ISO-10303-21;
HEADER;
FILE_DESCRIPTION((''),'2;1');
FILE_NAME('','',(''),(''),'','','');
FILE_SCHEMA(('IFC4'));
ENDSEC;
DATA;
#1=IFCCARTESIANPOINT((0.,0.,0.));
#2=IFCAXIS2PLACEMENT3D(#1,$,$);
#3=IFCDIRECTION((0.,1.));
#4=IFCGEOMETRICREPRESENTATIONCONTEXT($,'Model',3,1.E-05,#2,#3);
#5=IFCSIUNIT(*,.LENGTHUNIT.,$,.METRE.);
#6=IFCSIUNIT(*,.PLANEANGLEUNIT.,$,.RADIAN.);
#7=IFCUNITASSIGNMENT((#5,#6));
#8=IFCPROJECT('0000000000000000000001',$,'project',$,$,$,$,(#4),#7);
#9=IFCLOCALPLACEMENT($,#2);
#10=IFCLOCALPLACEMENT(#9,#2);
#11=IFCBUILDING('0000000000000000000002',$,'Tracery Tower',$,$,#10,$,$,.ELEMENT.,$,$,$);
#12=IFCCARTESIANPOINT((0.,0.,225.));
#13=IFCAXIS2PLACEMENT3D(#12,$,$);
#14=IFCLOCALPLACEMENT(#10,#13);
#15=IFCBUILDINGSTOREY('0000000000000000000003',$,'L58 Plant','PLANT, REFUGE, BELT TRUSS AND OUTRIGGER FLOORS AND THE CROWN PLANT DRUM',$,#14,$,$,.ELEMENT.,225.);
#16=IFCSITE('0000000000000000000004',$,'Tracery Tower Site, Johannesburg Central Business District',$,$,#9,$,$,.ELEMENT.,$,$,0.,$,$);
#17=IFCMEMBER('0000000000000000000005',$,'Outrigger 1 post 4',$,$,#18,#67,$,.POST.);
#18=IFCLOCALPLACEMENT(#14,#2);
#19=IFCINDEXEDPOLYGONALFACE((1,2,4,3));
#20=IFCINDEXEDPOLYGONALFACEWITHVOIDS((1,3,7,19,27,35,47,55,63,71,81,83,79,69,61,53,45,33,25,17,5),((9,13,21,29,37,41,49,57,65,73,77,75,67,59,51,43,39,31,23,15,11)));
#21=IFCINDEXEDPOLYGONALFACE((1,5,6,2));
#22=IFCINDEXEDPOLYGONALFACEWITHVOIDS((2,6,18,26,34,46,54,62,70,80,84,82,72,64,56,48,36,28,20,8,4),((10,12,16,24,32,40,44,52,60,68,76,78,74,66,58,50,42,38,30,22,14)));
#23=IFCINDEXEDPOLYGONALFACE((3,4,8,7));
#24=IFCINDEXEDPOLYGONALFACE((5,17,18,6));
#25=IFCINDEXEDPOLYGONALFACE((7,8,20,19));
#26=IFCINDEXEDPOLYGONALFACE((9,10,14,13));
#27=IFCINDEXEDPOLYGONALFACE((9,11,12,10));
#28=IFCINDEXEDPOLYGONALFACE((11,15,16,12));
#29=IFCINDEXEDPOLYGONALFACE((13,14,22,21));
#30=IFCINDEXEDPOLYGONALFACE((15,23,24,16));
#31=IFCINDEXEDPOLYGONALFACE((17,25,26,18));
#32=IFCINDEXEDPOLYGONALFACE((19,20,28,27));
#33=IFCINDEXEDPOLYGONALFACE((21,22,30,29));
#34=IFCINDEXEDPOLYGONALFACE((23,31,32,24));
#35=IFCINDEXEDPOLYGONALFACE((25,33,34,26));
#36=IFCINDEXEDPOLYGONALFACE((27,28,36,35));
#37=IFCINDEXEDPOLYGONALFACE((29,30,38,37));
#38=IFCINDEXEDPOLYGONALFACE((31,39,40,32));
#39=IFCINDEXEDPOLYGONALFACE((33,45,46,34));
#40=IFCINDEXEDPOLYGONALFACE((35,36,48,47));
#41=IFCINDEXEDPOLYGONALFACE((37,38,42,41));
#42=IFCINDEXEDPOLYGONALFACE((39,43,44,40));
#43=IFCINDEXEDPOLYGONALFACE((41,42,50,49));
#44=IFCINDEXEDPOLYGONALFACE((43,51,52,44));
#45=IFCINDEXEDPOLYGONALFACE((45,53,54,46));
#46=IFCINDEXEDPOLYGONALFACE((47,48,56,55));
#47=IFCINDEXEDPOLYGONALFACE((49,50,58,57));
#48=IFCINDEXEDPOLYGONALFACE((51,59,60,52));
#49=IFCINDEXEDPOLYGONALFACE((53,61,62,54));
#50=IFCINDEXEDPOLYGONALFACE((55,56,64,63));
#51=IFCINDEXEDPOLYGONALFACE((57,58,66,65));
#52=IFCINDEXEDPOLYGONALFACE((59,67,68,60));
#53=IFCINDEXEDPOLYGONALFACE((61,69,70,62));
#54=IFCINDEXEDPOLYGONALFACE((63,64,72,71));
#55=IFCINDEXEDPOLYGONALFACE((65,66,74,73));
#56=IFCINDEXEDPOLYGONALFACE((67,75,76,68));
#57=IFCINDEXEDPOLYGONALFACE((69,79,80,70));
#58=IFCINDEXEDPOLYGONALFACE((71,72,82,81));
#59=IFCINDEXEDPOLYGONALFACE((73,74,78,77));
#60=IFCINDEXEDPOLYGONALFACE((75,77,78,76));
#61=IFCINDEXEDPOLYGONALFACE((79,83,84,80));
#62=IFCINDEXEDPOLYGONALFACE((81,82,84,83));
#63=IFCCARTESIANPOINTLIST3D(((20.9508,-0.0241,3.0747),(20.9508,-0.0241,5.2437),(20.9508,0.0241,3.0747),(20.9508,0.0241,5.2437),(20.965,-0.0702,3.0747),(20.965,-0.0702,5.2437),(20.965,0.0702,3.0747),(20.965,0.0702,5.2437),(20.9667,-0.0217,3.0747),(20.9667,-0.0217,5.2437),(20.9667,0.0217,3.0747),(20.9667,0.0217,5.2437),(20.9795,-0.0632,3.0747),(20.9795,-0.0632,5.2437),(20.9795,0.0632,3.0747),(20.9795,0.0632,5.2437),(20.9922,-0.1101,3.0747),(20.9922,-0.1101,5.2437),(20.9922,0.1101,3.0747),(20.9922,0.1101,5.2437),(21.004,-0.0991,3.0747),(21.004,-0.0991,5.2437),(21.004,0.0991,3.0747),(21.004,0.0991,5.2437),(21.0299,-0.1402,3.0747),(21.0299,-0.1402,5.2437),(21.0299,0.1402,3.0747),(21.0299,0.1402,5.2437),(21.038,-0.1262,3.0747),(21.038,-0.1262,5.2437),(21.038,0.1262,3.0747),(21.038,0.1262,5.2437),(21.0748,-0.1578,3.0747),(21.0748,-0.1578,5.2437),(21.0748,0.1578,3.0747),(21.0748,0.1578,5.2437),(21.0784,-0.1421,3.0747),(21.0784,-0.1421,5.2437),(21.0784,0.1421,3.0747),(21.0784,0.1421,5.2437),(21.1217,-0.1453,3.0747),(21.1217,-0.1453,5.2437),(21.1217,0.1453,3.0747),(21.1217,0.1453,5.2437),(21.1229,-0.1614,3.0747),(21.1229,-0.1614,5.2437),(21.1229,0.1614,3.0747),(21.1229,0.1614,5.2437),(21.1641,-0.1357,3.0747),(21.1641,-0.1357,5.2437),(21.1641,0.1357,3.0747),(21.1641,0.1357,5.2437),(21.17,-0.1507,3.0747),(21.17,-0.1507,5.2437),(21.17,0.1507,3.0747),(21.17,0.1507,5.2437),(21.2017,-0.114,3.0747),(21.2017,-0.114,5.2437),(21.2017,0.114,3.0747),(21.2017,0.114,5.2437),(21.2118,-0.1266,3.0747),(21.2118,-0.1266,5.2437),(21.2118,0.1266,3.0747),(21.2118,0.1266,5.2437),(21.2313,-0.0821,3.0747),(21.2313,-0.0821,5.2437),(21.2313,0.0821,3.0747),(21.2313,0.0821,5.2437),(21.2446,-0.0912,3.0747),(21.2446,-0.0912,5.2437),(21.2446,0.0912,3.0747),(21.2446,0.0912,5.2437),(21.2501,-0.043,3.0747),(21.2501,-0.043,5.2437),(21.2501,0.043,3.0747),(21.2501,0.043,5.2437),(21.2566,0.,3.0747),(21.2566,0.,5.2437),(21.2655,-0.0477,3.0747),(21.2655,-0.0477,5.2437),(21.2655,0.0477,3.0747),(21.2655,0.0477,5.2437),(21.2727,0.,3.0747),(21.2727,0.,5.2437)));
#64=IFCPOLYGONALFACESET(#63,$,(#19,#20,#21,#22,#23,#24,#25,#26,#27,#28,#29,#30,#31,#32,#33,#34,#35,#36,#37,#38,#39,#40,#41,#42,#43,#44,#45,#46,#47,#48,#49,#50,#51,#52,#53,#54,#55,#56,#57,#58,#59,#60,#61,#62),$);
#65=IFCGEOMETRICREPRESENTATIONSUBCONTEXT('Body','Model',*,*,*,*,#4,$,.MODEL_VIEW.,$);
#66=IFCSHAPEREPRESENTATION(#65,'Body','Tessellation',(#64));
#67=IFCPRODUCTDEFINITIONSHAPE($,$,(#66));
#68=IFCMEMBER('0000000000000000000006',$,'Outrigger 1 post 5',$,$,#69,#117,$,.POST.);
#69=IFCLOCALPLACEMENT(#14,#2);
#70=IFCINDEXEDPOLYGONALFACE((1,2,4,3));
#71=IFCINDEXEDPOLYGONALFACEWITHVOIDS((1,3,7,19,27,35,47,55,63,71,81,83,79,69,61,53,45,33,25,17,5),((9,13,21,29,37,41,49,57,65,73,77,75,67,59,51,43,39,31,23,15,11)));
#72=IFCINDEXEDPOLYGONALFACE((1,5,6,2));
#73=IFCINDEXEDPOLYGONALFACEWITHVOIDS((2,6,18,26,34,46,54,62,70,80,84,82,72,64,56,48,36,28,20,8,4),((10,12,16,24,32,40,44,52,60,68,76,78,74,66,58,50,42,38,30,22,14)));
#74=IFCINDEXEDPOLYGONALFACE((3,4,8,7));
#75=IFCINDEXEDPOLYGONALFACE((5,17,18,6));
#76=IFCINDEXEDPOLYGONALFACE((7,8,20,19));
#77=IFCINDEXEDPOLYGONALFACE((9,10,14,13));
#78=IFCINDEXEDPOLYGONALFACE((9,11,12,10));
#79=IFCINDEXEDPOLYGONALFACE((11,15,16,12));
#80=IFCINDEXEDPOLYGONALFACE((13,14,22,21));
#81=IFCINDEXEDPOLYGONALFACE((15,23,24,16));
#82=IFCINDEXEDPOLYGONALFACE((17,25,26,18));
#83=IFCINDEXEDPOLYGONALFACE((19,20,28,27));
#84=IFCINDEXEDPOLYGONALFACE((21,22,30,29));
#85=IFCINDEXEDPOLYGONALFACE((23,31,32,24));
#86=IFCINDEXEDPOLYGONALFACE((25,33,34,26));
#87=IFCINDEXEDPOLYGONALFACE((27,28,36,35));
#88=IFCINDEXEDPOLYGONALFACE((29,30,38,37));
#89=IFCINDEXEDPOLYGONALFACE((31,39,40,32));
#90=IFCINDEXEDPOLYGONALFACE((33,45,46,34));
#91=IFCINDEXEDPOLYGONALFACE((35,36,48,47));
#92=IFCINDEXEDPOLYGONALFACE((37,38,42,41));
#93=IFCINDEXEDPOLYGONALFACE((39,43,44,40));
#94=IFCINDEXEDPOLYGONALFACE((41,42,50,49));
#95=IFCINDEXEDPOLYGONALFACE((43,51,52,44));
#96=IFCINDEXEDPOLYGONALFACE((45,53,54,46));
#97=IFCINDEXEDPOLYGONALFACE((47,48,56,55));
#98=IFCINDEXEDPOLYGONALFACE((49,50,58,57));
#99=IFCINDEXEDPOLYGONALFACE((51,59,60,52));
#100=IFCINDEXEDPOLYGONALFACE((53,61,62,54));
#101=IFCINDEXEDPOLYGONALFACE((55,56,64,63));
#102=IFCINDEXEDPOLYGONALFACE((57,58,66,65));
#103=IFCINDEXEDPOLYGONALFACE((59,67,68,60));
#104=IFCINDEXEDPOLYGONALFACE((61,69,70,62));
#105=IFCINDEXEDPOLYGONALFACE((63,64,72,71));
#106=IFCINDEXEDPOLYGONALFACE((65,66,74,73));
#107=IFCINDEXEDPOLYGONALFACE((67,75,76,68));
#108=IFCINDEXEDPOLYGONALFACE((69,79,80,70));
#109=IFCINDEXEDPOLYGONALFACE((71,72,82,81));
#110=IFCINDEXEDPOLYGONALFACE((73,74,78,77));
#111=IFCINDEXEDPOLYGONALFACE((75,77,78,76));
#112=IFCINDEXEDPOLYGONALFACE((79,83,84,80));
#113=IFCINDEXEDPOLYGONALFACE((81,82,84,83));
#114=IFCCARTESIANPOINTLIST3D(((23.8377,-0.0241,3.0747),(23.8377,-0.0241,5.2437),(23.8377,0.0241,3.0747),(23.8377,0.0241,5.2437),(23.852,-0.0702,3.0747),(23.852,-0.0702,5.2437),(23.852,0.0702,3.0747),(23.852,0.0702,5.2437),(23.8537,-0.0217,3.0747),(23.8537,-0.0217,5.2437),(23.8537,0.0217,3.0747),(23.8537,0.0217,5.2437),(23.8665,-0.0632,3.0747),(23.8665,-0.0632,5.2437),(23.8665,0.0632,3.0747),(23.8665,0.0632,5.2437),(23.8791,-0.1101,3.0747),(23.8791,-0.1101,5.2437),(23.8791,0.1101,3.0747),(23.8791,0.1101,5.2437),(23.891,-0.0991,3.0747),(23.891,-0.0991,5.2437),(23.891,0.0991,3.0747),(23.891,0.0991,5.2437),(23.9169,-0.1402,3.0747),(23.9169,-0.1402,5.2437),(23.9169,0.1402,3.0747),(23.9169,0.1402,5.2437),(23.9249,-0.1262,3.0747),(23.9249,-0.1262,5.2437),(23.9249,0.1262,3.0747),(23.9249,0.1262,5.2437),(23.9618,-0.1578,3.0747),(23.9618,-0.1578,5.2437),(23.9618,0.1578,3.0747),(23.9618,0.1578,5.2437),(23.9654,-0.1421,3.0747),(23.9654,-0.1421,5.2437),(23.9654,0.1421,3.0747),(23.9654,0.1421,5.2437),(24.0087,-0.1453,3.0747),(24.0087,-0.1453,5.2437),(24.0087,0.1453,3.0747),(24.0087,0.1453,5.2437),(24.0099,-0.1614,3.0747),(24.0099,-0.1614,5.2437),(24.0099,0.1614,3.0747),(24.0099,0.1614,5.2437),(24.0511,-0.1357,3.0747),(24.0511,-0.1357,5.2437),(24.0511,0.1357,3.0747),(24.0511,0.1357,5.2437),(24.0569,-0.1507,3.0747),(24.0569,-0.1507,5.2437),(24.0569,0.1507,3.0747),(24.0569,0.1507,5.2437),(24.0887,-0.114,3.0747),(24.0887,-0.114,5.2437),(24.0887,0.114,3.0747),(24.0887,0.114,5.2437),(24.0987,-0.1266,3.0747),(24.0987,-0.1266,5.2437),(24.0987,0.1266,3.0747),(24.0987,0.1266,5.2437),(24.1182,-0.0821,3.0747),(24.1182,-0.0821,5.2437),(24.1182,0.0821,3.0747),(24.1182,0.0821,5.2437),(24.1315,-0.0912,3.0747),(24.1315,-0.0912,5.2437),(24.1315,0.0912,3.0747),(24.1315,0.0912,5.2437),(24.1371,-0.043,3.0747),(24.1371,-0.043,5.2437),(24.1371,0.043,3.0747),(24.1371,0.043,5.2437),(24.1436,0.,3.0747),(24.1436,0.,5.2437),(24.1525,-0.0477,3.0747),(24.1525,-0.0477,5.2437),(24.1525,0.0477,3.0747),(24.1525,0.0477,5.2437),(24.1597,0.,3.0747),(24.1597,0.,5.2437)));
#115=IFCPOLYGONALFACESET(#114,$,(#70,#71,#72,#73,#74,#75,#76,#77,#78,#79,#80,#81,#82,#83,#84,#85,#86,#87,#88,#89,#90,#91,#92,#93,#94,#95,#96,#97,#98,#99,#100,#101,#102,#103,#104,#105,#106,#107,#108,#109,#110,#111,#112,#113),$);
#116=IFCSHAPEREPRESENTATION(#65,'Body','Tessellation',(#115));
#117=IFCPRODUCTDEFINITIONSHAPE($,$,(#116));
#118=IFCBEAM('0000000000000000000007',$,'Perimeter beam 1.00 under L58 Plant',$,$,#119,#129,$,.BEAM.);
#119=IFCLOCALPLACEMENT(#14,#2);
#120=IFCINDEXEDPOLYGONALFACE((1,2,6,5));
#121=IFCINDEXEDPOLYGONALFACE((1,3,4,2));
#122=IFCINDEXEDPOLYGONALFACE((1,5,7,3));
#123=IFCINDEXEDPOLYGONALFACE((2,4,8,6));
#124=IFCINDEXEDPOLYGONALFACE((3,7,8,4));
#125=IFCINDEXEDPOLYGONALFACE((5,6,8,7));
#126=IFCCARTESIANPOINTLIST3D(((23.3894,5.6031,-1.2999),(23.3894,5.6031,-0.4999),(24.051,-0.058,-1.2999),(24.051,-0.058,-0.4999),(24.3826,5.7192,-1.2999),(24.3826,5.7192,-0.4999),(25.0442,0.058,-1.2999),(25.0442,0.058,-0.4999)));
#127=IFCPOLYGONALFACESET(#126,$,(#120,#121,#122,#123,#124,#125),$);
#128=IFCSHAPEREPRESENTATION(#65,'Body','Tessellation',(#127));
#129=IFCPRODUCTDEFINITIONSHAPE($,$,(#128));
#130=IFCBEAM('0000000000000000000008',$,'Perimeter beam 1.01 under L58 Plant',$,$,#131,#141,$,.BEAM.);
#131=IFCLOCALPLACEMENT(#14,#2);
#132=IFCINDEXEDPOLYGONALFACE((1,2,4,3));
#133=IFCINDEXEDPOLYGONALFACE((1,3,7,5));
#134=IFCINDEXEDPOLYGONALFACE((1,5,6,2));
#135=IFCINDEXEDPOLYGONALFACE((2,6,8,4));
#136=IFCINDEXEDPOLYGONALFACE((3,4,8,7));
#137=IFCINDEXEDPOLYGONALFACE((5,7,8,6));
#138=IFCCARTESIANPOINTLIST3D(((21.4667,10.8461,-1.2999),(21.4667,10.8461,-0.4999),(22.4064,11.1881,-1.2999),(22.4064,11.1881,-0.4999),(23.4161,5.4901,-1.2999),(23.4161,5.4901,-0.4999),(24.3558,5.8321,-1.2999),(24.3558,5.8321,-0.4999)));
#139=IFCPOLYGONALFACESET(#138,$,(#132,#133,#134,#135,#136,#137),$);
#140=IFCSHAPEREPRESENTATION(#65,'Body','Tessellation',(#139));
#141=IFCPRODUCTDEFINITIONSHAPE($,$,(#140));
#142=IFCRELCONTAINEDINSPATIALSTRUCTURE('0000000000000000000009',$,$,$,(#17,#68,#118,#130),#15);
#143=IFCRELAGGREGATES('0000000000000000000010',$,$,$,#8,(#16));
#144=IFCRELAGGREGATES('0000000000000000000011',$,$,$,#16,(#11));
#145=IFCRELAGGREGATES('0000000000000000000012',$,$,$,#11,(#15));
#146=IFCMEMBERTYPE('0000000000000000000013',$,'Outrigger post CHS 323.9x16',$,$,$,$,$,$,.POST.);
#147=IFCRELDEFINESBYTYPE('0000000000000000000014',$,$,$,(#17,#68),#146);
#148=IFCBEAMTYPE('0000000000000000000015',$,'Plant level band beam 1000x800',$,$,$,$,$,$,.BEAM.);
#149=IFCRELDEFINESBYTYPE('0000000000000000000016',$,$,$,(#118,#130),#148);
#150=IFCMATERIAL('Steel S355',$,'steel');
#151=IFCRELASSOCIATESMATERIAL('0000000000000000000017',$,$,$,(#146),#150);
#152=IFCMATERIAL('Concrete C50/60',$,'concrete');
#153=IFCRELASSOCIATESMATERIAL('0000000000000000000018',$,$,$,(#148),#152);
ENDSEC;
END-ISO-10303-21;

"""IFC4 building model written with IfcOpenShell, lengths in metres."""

from ifc_helpers import new_model, si_unit, direction, frame, origin, origin_2d, place, context, subcontext, project, spatial, rectangle, hollow_circle, extrude, material, material_profile, profile_set, type_object, element, save


model = new_model("IFC4")

# Units and contexts
model_context = context("Model", 3, precision=1e-05, world=origin(), true_north=direction((0.0, 1.0)))
body_context = subcontext(model_context, "Body", "Model", "MODEL_VIEW")
ifc_project = project(units=[si_unit("LENGTHUNIT", "METRE"), si_unit("PLANEANGLEUNIT", "RADIAN")], contexts=[model_context])

# Site, building, storey
site_placement = place(None, origin())
site = spatial("IfcSite", under=ifc_project, at=site_placement, Name="Tracery Tower Site, Johannesburg Central Business District", CompositionType="ELEMENT", RefElevation=0.0)
building_placement = place(site_placement, origin())
building = spatial("IfcBuilding", under=site, at=building_placement, Name="Tracery Tower", CompositionType="ELEMENT")
storey_placement = place(building_placement, frame((0.0, 0.0, 225.0)))
storey = spatial("IfcBuildingStorey", under=building, at=storey_placement, Name="L58 Plant", Description="PLANT, REFUGE, BELT TRUSS AND OUTRIGGER FLOORS AND THE CROWN PLANT DRUM", CompositionType="ELEMENT", Elevation=225.0)

# Members
ifc_material_1 = material(Name="Steel S355", Category="steel")
ifc_material_profile_1 = material_profile(ifc_material_1, hollow_circle(Radius=0.1619, WallThickness=0.0161, at=origin_2d()), Name="CHS 323.9x16")
ifc_profile_set_1 = profile_set([ifc_material_profile_1], Name="Steel S355")
member_type_1 = type_object("IfcMemberType", Name="Outrigger post CHS 323.9x16", PredefinedType="POST", material=ifc_profile_set_1)
for number, where, z_axis, x_axis, name in (
    (1, (21.1108, 0.0, 3.0747), (0.0, 0.0, 1.0), (1.0, 0.0, 0.0), "Outrigger 1 post 4"),
    (2, (23.9978, 0.0, 3.0747), (0.0, 0.0, 1.0), (1.0, 0.0, 0.0), "Outrigger 1 post 5"),
):
    element("IfcMember", number, at=place(storey_placement, frame(where, z_axis=z_axis, x_axis=x_axis)), inside=storey, type_object=member_type_1, Name=name, PredefinedType="POST", context=body_context, shape_type="SweptSolid", body=[
        extrude(hollow_circle(Radius=0.1619, WallThickness=0.0161, at=origin_2d()), origin(), (0.0, 0.0, 1.0), 2.1689),
    ])

# Beams
ifc_material_2 = material(Name="Concrete C50/60", Category="concrete")
ifc_material_profile_2 = material_profile(ifc_material_2, rectangle(XDim=1.0, YDim=0.8, at=origin_2d()), Name="RC 1000x800")
ifc_profile_set_2 = profile_set([ifc_material_profile_2], Name="Concrete C50/60")
beam_type = type_object("IfcBeamType", Name="Plant level band beam 1000x800", PredefinedType="BEAM", material=ifc_profile_set_2)
for number, where, z_axis, x_axis, name in (
    (3, (24.5476, 0.0, -0.8999), (-0.116081, 0.99324, 0.0), (-0.99324, -0.116081, 0.0), "Perimeter beam 1.00 under L58 Plant"),
    (4, (23.886, 5.6611, -0.8999), (-0.342029, 0.93969, 0.0), (-0.93969, -0.342029, 0.0), "Perimeter beam 1.01 under L58 Plant"),
):
    element("IfcBeam", number, at=place(storey_placement, frame(where, z_axis=z_axis, x_axis=x_axis)), inside=storey, type_object=beam_type, Name=name, PredefinedType="BEAM", context=body_context, shape_type="SweptSolid", body=[
        extrude(rectangle(XDim=1.0, YDim=0.8, at=origin_2d()), origin(), (0.0, 0.0, 1.0), 5.6997),
    ])

save(model, "model.ifc")
